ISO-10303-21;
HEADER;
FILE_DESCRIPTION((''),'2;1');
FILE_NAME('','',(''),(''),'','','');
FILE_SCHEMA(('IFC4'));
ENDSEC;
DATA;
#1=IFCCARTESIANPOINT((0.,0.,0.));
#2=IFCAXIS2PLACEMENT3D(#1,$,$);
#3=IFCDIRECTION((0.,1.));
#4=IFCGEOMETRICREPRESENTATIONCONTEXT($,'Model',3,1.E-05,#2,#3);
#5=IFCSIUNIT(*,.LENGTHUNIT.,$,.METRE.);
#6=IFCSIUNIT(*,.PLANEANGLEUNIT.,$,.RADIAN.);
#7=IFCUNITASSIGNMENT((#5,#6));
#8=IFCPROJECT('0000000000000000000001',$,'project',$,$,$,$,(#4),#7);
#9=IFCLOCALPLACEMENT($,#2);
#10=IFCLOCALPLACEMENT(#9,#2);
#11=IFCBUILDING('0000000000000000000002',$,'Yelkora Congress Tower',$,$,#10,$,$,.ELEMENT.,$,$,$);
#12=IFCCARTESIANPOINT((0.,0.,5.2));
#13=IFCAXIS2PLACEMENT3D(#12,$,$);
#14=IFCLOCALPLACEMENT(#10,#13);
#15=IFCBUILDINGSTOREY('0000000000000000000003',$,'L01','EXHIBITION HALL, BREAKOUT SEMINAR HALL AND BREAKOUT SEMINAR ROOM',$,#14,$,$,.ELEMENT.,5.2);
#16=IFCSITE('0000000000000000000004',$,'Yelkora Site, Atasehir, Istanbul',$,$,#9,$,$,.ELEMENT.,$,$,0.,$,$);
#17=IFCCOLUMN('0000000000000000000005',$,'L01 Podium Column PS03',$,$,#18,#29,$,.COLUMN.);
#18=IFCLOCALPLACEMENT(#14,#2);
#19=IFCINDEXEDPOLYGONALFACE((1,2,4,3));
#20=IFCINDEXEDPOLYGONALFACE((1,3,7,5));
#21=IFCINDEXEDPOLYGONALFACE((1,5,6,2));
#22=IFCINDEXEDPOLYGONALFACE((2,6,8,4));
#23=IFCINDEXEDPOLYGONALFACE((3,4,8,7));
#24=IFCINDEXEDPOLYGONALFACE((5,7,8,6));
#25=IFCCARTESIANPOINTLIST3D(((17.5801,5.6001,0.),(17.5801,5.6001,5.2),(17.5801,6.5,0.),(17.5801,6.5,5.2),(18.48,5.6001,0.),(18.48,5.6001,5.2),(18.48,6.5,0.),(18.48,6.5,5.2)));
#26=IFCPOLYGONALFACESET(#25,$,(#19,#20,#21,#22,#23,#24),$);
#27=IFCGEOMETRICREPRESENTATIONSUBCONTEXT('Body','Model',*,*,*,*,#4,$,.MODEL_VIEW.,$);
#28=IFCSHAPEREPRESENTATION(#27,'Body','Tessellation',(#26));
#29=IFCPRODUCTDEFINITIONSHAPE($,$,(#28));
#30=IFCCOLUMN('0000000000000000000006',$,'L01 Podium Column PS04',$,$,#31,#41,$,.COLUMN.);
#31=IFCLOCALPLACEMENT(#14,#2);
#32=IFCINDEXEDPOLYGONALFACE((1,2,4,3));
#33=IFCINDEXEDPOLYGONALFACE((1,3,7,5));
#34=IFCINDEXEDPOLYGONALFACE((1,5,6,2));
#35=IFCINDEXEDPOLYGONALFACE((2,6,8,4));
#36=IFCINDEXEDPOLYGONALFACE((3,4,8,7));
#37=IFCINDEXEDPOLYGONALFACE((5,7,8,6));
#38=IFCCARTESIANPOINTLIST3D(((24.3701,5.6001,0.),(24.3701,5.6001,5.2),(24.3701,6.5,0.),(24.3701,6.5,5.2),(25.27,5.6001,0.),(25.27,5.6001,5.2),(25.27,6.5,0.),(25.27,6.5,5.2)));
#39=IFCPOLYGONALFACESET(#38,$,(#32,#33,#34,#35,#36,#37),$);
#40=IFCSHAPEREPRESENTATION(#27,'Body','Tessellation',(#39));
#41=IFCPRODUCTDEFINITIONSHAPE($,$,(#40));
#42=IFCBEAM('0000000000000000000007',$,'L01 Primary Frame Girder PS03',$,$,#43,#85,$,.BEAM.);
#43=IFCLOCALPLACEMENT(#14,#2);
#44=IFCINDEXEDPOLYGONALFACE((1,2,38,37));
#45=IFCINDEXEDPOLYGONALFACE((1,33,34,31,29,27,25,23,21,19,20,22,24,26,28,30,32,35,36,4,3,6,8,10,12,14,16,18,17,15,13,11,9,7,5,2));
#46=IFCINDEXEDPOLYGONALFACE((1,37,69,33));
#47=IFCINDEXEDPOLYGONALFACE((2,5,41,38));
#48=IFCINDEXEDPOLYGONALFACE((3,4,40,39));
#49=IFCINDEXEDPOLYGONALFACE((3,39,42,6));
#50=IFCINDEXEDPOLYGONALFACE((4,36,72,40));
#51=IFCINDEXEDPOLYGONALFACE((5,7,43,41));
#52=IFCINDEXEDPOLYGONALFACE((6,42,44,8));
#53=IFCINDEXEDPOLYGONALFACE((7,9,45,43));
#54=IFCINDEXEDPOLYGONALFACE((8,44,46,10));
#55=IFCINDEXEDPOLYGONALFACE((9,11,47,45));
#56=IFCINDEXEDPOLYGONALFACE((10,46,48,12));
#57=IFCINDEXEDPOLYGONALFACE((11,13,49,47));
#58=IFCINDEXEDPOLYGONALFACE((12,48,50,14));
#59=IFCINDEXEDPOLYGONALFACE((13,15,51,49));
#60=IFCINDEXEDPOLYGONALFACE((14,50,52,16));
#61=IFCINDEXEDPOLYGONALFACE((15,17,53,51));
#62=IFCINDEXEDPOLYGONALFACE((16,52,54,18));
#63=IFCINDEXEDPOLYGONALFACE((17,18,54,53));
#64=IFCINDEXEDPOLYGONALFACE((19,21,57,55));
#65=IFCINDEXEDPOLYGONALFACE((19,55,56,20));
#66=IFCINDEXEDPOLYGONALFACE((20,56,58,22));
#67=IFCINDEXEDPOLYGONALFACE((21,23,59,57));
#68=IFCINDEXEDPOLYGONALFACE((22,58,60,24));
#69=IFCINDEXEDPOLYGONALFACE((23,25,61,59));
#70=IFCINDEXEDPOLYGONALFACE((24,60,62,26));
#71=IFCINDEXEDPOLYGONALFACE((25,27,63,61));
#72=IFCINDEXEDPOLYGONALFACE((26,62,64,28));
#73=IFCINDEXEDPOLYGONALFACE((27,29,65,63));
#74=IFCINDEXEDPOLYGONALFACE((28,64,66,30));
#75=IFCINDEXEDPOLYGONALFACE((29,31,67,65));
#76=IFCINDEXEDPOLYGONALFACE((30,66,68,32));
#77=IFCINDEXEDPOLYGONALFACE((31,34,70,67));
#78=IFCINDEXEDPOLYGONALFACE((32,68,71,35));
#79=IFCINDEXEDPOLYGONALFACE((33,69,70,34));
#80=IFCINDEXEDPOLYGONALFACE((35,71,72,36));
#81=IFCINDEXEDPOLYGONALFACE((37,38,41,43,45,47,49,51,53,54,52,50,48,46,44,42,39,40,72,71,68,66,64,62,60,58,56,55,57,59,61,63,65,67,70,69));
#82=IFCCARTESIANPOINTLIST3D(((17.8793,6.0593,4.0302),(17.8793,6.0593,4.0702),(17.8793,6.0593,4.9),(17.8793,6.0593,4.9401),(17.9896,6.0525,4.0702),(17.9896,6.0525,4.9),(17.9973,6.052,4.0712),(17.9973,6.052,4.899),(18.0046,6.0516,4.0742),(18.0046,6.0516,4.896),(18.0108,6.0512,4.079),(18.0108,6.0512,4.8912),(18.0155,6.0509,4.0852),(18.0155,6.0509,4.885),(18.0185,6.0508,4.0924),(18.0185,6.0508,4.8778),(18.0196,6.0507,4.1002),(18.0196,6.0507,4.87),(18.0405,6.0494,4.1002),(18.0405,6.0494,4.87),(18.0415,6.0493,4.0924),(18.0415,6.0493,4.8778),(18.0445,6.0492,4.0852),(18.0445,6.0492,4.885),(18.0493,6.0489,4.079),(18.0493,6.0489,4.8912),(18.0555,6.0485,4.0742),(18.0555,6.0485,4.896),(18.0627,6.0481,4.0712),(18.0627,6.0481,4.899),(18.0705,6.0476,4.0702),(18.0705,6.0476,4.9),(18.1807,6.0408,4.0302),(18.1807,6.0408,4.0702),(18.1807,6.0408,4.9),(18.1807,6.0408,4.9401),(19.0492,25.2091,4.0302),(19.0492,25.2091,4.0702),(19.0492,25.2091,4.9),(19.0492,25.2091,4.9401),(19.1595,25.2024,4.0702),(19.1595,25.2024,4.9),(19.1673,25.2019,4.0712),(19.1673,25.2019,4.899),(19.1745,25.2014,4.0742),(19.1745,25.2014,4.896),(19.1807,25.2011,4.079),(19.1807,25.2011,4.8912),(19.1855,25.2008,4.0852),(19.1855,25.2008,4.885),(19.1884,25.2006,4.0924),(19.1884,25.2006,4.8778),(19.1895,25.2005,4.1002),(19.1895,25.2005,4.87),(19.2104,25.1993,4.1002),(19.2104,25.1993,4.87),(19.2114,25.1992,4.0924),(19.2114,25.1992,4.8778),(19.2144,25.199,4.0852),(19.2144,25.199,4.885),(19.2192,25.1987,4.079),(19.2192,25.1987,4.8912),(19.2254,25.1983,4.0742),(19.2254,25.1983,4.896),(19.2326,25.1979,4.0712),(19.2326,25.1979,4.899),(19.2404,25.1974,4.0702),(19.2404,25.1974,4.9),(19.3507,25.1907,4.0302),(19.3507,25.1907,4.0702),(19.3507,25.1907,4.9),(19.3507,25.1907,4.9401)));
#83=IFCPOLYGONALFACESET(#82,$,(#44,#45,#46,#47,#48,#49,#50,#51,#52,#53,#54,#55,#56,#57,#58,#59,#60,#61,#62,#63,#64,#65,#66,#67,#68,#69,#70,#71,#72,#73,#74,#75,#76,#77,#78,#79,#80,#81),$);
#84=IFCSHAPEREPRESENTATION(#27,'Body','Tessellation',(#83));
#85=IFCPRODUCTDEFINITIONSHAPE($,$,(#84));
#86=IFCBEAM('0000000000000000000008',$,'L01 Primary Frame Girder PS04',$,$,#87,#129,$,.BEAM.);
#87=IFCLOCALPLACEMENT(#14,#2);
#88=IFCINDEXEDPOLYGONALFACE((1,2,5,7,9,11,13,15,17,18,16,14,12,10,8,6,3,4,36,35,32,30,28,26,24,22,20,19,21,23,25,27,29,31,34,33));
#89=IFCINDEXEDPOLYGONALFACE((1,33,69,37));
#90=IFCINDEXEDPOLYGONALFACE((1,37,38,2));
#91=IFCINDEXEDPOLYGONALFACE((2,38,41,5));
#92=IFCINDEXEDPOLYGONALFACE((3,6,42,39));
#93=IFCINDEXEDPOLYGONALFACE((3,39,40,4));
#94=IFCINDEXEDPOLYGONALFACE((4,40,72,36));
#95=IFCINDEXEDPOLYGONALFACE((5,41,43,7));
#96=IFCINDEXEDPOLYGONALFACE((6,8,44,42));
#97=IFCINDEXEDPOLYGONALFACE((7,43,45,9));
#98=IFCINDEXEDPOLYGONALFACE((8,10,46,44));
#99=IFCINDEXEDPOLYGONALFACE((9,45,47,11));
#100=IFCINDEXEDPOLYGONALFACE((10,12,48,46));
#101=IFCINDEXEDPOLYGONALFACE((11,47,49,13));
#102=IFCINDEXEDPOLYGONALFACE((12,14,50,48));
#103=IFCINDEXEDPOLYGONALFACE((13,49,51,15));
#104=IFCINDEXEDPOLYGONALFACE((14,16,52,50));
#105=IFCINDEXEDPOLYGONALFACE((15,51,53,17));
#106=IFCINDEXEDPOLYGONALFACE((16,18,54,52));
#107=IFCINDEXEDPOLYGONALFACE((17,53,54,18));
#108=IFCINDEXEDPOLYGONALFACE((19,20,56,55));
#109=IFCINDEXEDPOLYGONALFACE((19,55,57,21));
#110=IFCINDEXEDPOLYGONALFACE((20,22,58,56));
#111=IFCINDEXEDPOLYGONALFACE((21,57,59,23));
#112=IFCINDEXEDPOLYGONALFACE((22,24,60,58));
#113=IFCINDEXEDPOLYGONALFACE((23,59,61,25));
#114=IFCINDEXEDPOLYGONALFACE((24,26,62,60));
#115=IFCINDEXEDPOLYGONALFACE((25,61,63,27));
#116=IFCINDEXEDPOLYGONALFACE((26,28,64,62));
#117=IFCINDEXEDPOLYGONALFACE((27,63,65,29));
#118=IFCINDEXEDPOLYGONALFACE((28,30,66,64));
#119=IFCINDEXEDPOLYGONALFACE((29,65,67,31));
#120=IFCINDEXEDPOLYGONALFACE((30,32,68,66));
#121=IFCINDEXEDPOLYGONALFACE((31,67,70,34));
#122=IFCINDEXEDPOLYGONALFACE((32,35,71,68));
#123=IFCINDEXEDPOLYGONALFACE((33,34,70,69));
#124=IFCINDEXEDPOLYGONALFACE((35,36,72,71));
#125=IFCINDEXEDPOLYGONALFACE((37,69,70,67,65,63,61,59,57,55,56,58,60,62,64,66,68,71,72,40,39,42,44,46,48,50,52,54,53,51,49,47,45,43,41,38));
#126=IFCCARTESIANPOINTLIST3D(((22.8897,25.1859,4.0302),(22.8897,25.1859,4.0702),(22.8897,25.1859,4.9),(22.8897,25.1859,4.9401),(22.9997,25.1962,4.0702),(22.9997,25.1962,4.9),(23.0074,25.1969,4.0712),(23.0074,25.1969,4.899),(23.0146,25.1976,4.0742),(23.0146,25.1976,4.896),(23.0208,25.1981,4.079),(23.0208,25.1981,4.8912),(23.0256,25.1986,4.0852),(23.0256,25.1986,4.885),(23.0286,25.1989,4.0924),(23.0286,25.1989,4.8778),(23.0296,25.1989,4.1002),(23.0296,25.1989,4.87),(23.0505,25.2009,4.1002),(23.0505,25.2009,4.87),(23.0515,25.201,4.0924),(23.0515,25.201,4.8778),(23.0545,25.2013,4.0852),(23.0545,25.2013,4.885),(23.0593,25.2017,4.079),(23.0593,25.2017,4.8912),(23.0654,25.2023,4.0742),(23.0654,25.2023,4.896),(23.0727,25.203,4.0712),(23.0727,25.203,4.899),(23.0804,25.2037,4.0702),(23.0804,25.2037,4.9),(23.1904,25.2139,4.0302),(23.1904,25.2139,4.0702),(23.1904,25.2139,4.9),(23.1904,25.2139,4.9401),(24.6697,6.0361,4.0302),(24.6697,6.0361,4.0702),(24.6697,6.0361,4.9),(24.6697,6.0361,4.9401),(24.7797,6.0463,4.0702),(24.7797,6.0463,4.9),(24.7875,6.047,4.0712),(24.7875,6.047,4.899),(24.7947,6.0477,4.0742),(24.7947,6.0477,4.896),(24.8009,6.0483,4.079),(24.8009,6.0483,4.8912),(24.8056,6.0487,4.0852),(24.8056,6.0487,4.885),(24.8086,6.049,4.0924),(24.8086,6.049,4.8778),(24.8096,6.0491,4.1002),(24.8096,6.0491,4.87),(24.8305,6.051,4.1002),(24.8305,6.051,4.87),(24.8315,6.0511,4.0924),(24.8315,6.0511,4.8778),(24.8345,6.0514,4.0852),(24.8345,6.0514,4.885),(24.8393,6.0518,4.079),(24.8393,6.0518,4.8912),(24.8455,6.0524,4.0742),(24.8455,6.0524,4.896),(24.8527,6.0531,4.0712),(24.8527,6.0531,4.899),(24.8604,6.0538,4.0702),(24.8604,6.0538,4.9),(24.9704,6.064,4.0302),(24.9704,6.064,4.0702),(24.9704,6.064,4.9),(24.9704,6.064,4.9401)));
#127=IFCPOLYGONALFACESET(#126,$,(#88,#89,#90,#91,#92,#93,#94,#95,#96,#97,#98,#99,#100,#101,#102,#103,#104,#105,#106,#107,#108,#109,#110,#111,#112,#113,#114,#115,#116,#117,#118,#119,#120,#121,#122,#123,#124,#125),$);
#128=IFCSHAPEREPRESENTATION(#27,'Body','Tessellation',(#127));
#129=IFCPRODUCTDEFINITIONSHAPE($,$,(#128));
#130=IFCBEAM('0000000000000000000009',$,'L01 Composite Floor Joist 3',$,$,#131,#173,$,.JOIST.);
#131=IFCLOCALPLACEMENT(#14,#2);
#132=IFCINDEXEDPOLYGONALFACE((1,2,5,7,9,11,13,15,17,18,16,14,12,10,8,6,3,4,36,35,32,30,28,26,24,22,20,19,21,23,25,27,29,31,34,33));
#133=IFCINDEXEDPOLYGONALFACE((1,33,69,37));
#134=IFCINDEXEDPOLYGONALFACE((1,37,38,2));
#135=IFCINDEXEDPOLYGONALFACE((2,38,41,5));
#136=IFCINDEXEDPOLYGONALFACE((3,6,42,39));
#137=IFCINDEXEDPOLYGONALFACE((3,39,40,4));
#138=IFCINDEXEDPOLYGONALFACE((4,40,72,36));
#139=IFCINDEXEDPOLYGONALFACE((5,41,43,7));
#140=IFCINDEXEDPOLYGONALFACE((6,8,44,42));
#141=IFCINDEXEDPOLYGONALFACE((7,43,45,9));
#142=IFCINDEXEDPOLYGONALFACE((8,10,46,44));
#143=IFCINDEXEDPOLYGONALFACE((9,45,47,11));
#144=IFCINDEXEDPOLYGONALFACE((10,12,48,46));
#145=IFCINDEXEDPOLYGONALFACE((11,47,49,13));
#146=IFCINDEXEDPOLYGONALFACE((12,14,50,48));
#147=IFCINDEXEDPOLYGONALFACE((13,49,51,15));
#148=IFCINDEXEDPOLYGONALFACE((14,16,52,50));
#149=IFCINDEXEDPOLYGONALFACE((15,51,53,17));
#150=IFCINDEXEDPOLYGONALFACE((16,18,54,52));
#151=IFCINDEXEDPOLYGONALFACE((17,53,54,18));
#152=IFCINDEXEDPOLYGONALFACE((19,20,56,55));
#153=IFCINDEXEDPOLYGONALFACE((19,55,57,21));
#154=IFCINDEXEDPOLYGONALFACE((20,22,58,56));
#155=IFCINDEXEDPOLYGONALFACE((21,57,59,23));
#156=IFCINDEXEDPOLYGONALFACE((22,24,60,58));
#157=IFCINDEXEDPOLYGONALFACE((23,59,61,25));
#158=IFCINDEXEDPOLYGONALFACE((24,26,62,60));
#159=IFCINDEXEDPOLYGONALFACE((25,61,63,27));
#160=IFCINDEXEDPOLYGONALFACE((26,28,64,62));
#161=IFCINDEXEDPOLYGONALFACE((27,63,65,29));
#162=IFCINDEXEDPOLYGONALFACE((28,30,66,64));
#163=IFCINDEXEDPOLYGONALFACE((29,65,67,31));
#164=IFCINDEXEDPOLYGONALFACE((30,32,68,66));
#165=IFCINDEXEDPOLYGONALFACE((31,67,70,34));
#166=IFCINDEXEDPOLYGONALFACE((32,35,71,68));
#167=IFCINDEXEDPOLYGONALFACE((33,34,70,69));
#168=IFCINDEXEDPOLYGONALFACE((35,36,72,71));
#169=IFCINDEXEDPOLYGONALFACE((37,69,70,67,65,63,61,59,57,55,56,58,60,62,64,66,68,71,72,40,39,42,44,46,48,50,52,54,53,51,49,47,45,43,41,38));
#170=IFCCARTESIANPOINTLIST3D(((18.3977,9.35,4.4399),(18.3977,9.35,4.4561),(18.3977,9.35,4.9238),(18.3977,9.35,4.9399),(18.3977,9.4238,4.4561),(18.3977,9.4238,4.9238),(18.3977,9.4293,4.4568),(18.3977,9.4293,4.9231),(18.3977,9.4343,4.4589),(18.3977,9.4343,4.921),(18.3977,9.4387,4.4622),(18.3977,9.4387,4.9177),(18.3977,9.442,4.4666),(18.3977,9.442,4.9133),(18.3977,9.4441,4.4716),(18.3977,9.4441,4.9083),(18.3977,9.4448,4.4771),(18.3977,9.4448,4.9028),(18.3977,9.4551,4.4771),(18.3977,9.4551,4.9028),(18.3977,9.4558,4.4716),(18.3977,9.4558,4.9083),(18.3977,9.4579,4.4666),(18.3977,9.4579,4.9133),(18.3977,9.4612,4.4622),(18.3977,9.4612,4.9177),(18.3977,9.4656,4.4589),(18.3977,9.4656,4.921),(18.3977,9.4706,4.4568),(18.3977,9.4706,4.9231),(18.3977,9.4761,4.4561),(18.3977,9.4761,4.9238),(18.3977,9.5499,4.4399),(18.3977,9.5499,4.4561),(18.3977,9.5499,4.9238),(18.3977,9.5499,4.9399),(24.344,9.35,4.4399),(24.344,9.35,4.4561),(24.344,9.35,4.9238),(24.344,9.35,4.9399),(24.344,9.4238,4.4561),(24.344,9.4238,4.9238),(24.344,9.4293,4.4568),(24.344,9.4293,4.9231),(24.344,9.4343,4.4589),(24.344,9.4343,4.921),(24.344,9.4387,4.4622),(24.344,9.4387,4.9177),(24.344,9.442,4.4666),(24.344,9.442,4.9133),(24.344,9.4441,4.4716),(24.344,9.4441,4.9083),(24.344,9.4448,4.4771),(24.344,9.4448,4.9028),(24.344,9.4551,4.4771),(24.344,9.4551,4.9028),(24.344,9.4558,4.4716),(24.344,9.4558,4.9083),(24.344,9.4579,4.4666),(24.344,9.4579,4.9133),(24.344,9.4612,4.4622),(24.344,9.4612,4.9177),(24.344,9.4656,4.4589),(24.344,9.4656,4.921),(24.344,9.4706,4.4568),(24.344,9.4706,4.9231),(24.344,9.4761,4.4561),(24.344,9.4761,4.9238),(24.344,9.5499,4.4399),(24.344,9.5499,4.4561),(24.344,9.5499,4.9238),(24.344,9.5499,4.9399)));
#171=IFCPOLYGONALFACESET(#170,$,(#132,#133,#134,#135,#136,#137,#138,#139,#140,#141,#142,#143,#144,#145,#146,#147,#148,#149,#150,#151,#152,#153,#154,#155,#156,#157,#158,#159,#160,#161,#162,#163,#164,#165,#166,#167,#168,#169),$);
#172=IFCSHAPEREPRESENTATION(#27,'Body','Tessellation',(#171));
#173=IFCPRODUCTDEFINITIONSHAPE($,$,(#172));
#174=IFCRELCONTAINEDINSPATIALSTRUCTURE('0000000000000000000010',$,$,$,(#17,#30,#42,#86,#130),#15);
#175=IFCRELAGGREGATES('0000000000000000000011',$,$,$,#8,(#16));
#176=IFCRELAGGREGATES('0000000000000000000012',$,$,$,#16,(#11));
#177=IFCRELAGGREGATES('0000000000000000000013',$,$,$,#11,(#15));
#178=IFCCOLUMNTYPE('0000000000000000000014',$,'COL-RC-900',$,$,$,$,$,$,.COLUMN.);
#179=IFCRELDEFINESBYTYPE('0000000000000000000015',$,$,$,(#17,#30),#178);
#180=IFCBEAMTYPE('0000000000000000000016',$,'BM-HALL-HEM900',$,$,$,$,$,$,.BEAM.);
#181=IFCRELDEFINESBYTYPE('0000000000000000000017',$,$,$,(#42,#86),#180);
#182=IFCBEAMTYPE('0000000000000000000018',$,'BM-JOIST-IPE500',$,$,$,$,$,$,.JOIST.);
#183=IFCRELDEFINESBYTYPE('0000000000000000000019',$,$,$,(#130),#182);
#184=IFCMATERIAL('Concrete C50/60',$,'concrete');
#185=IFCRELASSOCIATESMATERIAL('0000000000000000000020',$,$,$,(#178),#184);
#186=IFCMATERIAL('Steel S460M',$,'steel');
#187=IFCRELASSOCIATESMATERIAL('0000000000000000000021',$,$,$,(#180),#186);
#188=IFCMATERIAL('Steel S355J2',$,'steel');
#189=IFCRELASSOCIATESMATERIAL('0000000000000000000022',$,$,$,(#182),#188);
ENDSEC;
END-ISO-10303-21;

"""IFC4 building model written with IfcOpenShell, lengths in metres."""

from ifc_helpers import new_model, si_unit, direction, frame, origin, origin_2d, place, context, subcontext, project, spatial, rectangle, i_section, extrude, material, material_profile, profile_set, type_object, element, save


model = new_model("IFC4")

# Units and contexts
model_context = context("Model", 3, precision=1e-05, world=origin(), true_north=direction((0.0, 1.0)))
body_context = subcontext(model_context, "Body", "Model", "MODEL_VIEW")
ifc_project = project(units=[si_unit("LENGTHUNIT", "METRE"), si_unit("PLANEANGLEUNIT", "RADIAN")], contexts=[model_context])

# Site, building, storey
site_placement = place(None, origin())
site = spatial("IfcSite", under=ifc_project, at=site_placement, Name="Yelkora Site, Atasehir, Istanbul", CompositionType="ELEMENT", RefElevation=0.0)
building_placement = place(site_placement, origin())
building = spatial("IfcBuilding", under=site, at=building_placement, Name="Yelkora Congress Tower", CompositionType="ELEMENT")
storey_placement = place(building_placement, frame((0.0, 0.0, 5.2)))
storey = spatial("IfcBuildingStorey", under=building, at=storey_placement, Name="L01", Description="EXHIBITION HALL, BREAKOUT SEMINAR HALL AND BREAKOUT SEMINAR ROOM", CompositionType="ELEMENT", Elevation=5.2)

# Columns
ifc_material_1 = material(Name="Concrete C50/60", Category="concrete")
ifc_material_profile_1 = material_profile(ifc_material_1, rectangle(XDim=0.8999, YDim=0.8999, at=origin_2d()), Name="RC 900x900")
ifc_profile_set_1 = profile_set([ifc_material_profile_1], Name="Concrete C50/60")
column_type = type_object("IfcColumnType", Name="COL-RC-900", PredefinedType="COLUMN", material=ifc_profile_set_1)
for number, where, z_axis, x_axis, name in (
    (1, (18.03, 6.05, 0.0), (0.0, 0.0, 1.0), (1.0, 0.0, 0.0), "L01 Podium Column PS03"),
    (2, (24.8201, 6.05, 0.0), (0.0, 0.0, 1.0), (1.0, 0.0, 0.0), "L01 Podium Column PS04"),
):
    element("IfcColumn", number, at=place(storey_placement, frame(where, z_axis=z_axis, x_axis=x_axis)), inside=storey, type_object=column_type, Name=name, PredefinedType="COLUMN", context=body_context, shape_type="SweptSolid", body=[
        extrude(rectangle(XDim=0.8999, YDim=0.8999, at=origin_2d()), origin(), (0.0, 0.0, 1.0), 5.2),
    ])

# Beams
ifc_material_2 = material(Name="Steel S460M", Category="steel")
ifc_material_profile_2 = material_profile(ifc_material_2, i_section(OverallWidth=0.302, OverallDepth=0.9099, WebThickness=0.021, FlangeThickness=0.04, FilletRadius=0.03, at=origin_2d()), Name="HEM 900")
ifc_profile_set_2 = profile_set([ifc_material_profile_2], Name="Steel S460M")
beam_type_1 = type_object("IfcBeamType", Name="BM-HALL-HEM900", PredefinedType="BEAM", material=ifc_profile_set_2)
beam_1_placement = place(storey_placement, frame((18.03, 6.05, 4.4851), z_axis=(0.060979, 0.998139, 0.0), x_axis=(-0.998139, 0.060979, 0.0)))
element("IfcBeam", 3, at=beam_1_placement, inside=storey, type_object=beam_type_1, Name="L01 Primary Frame Girder PS03", PredefinedType="BEAM", context=body_context, shape_type="SweptSolid", body=[
    extrude(i_section(OverallWidth=0.302, OverallDepth=0.9099, WebThickness=0.021, FlangeThickness=0.04, FilletRadius=0.03, at=origin_2d()), origin(), (0.0, 0.0, 1.0), 19.1855),
])
beam_2_placement = place(storey_placement, frame((24.8201, 6.05, 4.4851), z_axis=(-0.092553, 0.995708, 0.0), x_axis=(-0.995708, -0.092553, 0.0)))
element("IfcBeam", 4, at=beam_2_placement, inside=storey, type_object=beam_type_1, Name="L01 Primary Frame Girder PS04", PredefinedType="BEAM", context=body_context, shape_type="SweptSolid", body=[
    extrude(i_section(OverallWidth=0.302, OverallDepth=0.9099, WebThickness=0.021, FlangeThickness=0.04, FilletRadius=0.03, at=origin_2d()), origin(), (0.0, 0.0, 1.0), 19.2324),
])
ifc_material_3 = material(Name="Steel S355J2", Category="steel")
ifc_material_profile_3 = material_profile(ifc_material_3, i_section(OverallWidth=0.2, OverallDepth=0.5, WebThickness=0.0103, FlangeThickness=0.0161, FilletRadius=0.021, at=origin_2d()), Name="IPE 500")
ifc_profile_set_3 = profile_set([ifc_material_profile_3], Name="Steel S355J2")
beam_type_2 = type_object("IfcBeamType", Name="BM-JOIST-IPE500", PredefinedType="JOIST", material=ifc_profile_set_3)
beam_3_placement = place(storey_placement, frame((18.3977, 9.45, 4.6899), z_axis=(1.0, 0.0, 0.0), x_axis=(0.0, 1.0, 0.0)))
element("IfcBeam", 5, at=beam_3_placement, inside=storey, type_object=beam_type_2, Name="L01 Composite Floor Joist 3", PredefinedType="JOIST", context=body_context, shape_type="SweptSolid", body=[
    extrude(i_section(OverallWidth=0.2, OverallDepth=0.5, WebThickness=0.0103, FlangeThickness=0.0161, FilletRadius=0.021, at=origin_2d()), origin(), (0.0, 0.0, 1.0), 5.9463),
])

save(model, "model.ifc")
